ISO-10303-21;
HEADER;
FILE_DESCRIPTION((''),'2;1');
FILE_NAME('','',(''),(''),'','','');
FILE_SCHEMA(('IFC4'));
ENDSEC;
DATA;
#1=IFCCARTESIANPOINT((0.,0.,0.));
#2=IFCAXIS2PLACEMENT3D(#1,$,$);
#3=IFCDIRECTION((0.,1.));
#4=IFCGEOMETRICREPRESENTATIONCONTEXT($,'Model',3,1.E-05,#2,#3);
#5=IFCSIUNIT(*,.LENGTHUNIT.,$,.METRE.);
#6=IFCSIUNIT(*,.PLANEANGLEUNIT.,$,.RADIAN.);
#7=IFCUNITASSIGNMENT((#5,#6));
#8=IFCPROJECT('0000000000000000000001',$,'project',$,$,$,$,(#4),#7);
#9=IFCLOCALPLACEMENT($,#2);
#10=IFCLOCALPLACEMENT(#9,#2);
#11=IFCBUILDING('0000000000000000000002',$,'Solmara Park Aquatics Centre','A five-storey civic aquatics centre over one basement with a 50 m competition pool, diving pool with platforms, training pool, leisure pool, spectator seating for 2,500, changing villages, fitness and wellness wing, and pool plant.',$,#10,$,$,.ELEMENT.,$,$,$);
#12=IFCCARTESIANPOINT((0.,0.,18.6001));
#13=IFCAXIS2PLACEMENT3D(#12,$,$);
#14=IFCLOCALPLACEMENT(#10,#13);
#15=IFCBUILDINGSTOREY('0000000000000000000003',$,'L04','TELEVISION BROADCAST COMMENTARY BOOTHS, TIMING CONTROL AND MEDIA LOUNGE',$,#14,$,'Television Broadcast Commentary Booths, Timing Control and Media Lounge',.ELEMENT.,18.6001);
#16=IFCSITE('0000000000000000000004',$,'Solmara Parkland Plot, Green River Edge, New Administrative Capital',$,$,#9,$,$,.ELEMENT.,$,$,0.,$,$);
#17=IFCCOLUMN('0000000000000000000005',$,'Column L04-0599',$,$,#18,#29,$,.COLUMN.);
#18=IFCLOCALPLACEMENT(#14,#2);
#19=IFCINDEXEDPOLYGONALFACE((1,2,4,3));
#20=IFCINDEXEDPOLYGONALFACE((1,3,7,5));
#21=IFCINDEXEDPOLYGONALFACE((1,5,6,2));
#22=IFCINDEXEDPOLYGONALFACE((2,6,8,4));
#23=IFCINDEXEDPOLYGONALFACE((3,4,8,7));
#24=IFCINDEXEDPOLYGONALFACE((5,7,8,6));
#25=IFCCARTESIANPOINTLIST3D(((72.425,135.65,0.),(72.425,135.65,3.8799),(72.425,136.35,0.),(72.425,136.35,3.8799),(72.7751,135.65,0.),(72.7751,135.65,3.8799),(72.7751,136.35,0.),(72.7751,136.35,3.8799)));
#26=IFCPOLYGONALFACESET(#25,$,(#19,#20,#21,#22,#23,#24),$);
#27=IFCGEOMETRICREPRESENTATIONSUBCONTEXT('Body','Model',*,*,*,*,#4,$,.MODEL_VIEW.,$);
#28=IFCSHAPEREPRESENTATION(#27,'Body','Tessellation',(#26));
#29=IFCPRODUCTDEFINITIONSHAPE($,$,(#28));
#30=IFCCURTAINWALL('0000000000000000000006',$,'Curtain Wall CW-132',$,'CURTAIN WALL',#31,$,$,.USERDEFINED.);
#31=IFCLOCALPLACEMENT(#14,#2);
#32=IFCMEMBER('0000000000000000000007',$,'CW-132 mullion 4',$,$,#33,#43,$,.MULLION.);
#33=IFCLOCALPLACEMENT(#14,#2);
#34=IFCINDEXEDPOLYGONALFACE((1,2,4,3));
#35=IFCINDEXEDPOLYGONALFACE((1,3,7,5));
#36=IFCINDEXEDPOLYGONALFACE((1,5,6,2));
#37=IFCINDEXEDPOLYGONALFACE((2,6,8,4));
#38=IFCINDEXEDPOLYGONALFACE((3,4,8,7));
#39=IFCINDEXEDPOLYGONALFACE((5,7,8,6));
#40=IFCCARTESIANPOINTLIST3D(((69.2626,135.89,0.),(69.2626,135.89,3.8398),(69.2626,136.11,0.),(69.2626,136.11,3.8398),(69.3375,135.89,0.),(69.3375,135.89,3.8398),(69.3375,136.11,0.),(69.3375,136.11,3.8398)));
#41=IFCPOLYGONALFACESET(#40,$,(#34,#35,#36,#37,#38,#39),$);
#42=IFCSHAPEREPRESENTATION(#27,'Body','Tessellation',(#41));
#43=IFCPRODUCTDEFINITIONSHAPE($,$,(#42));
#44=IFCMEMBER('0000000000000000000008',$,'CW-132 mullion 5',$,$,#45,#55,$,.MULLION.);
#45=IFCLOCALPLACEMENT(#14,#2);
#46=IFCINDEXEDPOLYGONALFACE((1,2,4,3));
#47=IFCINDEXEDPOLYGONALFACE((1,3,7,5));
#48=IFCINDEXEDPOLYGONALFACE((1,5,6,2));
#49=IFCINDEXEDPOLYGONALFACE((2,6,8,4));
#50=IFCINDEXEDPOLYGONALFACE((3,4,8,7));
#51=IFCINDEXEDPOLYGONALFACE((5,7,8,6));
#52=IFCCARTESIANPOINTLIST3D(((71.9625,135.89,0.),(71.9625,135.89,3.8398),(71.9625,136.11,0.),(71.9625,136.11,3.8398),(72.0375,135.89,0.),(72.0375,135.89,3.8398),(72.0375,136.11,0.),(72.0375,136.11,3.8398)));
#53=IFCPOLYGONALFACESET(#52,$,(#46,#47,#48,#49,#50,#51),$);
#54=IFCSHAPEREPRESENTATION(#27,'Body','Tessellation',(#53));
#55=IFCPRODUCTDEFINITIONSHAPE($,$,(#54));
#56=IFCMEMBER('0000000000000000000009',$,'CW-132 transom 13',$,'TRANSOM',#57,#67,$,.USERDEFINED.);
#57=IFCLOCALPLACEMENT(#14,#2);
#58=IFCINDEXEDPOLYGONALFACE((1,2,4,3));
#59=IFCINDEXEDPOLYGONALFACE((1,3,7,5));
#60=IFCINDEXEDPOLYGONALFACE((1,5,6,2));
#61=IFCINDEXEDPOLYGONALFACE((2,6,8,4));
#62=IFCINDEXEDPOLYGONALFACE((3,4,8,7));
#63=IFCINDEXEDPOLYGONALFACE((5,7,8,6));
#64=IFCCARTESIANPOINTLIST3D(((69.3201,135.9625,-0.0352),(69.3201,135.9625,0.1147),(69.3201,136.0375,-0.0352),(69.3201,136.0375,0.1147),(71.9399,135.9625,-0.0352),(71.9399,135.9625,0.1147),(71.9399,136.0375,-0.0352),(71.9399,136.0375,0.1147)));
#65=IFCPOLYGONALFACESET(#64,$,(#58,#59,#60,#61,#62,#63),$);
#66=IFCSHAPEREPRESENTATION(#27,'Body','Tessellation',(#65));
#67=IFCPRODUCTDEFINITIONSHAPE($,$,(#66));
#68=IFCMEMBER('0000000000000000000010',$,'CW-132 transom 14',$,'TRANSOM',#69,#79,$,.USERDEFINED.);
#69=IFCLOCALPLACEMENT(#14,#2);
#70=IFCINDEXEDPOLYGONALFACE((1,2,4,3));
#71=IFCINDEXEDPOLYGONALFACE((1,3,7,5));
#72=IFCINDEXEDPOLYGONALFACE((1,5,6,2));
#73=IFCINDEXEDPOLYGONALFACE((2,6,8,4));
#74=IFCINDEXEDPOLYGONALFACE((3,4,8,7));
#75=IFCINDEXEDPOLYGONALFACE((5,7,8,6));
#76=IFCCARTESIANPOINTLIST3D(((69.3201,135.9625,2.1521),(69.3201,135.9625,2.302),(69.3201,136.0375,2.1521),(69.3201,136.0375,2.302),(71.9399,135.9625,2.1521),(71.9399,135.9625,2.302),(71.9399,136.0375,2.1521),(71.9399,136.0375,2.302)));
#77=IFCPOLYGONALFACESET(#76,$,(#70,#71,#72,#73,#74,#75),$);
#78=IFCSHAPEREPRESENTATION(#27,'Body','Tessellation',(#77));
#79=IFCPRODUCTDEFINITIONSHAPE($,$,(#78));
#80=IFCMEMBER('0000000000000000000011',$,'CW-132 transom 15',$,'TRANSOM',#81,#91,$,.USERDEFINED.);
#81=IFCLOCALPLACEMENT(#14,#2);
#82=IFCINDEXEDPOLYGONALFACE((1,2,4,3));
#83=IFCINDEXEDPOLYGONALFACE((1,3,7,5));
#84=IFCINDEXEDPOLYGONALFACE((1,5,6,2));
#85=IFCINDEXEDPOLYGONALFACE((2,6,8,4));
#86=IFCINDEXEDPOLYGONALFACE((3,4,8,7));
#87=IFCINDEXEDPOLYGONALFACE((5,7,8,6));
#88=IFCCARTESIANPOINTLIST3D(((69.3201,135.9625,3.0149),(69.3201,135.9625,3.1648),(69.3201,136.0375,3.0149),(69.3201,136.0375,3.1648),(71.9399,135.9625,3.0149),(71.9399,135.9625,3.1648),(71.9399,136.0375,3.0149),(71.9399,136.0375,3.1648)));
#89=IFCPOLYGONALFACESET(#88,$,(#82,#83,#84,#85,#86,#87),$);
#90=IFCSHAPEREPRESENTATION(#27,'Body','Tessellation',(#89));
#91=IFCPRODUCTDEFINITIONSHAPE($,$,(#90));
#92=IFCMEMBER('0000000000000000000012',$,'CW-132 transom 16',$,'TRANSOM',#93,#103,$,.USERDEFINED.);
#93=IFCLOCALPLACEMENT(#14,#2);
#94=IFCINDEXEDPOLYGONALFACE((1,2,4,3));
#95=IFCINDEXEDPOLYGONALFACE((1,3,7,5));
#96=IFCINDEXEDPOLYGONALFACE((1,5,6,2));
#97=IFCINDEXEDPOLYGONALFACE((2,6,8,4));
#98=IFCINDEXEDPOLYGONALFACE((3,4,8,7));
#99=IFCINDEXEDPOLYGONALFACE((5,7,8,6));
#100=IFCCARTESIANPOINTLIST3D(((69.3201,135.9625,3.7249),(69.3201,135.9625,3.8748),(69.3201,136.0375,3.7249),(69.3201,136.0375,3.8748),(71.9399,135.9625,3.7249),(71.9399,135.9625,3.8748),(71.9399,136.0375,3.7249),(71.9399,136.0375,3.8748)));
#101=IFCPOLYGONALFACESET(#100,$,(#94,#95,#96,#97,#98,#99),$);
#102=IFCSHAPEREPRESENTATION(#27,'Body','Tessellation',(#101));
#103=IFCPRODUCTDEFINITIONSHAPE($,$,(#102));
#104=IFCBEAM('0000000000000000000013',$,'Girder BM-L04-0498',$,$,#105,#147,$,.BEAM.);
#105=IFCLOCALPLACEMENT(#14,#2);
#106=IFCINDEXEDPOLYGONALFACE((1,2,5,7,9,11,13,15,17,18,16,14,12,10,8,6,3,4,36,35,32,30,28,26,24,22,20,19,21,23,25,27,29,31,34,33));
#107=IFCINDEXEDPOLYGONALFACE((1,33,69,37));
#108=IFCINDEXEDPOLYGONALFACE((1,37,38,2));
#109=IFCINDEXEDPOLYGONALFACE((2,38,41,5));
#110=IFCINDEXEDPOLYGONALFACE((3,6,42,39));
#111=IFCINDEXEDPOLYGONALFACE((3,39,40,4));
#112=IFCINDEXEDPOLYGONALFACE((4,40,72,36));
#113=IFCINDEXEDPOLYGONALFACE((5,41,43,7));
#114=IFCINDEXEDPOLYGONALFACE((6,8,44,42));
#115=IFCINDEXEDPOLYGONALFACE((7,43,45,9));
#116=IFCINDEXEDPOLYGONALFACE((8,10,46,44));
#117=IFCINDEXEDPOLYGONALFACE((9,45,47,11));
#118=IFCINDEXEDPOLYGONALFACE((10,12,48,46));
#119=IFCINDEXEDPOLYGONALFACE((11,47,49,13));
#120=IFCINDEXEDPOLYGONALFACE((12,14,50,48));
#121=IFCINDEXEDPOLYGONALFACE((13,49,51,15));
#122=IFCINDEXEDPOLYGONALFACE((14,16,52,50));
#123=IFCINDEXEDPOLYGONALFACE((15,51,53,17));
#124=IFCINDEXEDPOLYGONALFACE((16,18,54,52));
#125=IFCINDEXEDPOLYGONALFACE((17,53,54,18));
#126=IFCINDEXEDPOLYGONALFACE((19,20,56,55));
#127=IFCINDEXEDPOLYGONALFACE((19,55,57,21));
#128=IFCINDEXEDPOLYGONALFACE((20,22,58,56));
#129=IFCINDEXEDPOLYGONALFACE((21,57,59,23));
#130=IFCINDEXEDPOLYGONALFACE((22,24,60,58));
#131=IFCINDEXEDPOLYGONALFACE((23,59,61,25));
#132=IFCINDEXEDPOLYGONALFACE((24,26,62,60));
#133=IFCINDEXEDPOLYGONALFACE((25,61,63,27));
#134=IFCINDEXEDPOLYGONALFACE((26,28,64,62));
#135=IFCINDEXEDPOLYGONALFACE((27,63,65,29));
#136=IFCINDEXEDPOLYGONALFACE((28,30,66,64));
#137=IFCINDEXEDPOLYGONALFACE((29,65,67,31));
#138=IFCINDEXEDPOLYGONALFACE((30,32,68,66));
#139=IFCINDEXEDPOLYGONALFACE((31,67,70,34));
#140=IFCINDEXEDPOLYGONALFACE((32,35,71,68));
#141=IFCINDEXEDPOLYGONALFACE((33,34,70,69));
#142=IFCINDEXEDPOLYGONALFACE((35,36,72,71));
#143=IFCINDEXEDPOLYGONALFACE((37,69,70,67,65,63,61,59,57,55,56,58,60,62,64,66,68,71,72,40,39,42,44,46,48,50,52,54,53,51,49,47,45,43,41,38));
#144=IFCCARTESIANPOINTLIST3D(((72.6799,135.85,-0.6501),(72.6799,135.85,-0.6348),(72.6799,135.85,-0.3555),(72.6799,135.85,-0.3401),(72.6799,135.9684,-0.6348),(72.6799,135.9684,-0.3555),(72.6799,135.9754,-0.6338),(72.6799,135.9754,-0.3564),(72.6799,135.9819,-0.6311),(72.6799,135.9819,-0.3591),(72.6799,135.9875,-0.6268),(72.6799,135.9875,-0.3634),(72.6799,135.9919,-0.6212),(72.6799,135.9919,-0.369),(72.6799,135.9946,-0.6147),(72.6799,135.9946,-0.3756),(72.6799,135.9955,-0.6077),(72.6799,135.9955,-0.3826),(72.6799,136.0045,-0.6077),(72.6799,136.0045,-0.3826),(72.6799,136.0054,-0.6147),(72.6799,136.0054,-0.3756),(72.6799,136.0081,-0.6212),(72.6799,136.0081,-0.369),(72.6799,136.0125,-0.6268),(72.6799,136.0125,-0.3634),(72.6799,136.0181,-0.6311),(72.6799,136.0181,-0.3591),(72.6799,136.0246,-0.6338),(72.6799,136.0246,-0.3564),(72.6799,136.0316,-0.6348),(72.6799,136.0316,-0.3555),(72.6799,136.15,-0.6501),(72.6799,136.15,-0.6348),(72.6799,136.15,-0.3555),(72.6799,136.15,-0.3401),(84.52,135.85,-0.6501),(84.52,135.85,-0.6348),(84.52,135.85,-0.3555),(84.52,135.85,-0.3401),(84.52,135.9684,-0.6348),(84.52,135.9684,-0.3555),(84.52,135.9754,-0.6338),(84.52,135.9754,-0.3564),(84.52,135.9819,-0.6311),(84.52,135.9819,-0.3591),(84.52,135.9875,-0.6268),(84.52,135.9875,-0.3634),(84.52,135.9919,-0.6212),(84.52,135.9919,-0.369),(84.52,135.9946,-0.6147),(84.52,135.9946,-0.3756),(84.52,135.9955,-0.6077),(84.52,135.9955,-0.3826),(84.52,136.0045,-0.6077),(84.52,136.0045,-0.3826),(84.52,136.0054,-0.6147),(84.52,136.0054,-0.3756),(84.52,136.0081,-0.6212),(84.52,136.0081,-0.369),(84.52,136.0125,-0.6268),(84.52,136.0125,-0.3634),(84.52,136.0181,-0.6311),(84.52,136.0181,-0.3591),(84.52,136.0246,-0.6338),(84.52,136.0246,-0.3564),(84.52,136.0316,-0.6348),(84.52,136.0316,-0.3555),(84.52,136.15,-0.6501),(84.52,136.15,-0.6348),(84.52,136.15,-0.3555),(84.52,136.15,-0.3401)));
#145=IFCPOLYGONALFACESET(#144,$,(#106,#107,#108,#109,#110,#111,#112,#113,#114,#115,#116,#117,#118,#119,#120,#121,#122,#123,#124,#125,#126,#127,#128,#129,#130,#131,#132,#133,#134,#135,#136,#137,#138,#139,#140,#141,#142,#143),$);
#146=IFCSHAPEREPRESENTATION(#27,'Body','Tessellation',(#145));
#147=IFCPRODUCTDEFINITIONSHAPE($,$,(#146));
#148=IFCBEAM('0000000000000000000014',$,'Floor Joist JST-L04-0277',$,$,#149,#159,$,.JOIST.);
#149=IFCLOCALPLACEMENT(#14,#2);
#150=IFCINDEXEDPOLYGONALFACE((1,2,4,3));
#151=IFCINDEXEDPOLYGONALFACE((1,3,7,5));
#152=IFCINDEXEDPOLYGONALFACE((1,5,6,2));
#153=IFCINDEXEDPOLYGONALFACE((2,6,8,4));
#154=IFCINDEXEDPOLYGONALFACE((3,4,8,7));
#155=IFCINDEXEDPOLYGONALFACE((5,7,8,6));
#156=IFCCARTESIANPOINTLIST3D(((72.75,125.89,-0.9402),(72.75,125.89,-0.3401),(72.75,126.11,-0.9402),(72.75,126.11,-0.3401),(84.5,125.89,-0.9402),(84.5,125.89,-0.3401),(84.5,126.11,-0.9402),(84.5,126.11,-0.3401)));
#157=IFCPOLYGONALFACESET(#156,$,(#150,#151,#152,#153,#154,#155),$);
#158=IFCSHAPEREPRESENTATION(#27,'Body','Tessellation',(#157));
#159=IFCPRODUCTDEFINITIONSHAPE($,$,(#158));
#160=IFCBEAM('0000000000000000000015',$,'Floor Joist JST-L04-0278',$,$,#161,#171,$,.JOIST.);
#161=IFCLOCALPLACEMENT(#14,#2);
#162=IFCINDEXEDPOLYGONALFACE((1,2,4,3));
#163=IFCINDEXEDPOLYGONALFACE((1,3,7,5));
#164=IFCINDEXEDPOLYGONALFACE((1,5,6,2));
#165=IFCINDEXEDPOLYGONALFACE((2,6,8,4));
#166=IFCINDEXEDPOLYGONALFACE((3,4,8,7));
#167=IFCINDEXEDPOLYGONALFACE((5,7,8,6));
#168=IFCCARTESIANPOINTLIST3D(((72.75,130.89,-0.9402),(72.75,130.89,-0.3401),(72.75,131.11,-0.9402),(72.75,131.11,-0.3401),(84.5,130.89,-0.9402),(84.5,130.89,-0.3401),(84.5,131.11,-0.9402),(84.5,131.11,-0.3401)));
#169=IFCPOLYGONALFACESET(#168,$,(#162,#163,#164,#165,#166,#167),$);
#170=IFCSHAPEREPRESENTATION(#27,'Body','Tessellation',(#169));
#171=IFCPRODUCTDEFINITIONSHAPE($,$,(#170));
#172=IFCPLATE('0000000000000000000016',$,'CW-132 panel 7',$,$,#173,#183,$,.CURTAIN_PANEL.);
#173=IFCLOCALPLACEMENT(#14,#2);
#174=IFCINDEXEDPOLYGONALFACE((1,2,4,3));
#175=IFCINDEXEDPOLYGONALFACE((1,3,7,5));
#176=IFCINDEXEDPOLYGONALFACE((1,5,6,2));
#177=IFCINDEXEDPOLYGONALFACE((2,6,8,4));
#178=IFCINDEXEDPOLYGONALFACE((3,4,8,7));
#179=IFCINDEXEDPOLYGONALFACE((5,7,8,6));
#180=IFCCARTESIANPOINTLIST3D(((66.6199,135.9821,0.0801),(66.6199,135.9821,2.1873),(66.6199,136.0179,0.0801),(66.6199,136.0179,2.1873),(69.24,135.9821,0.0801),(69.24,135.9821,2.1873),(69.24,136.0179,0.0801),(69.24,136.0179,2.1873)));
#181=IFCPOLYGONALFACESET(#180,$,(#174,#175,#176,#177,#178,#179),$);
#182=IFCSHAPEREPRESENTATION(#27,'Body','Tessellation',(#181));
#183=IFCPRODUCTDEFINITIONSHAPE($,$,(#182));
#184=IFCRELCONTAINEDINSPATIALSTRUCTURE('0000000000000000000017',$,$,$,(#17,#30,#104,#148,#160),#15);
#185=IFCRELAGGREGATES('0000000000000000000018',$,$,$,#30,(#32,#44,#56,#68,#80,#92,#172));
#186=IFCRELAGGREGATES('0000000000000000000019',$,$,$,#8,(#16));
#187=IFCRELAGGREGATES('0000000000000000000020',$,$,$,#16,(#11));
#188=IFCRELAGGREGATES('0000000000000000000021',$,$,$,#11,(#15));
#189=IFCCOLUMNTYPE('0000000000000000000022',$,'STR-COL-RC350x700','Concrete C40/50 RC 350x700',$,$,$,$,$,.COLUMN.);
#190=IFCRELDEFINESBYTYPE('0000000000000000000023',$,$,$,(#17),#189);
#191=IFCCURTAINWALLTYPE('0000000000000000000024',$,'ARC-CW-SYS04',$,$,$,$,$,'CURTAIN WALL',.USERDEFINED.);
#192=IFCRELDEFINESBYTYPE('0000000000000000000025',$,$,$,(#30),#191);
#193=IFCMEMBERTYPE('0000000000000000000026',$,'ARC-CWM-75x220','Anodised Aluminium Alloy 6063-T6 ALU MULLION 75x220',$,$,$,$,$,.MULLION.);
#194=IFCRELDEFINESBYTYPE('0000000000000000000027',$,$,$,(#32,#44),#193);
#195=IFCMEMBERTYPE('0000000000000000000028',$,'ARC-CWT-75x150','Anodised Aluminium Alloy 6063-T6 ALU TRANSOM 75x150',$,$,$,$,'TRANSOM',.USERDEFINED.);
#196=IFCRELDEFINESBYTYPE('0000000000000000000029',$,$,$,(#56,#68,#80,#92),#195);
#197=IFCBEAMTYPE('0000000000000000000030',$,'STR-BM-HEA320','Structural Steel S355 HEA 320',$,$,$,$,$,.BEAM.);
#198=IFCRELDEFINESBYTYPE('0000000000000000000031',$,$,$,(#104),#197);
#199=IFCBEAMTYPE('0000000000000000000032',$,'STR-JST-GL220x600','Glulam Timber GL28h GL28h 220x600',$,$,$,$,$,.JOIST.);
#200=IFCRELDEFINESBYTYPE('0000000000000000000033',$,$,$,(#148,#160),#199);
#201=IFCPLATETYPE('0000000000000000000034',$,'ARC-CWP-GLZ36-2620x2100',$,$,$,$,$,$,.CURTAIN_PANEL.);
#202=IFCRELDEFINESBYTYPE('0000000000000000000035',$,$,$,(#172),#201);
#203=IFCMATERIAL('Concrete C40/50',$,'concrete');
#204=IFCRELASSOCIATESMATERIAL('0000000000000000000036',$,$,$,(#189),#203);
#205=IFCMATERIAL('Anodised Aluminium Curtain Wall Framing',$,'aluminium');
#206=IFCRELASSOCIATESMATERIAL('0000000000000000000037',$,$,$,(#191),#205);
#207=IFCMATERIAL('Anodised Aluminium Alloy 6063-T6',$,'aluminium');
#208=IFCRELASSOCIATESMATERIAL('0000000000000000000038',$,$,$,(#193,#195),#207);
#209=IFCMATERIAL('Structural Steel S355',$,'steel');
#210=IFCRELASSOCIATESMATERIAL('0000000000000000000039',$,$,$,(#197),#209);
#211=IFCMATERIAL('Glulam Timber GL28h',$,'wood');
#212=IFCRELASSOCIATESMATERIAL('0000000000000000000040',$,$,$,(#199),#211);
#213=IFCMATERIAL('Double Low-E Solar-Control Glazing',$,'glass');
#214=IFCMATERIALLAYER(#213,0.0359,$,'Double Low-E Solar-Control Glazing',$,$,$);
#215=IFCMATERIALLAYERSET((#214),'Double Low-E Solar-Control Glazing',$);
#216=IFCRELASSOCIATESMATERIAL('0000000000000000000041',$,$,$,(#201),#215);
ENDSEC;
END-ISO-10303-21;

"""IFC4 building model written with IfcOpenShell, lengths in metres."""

from ifc_helpers import new_model, si_unit, direction, frame, origin, origin_2d, place, context, subcontext, project, spatial, rectangle, i_section, extrude, material, layer, layer_set, material_profile, profile_set, type_object, element, aggregate, save


model = new_model("IFC4")

# Units and contexts
model_context = context("Model", 3, precision=1e-05, world=origin(), true_north=direction((0.0, 1.0)))
body_context = subcontext(model_context, "Body", "Model", "MODEL_VIEW")
ifc_project = project(units=[si_unit("LENGTHUNIT", "METRE"), si_unit("PLANEANGLEUNIT", "RADIAN")], contexts=[model_context])

# Site, building, storey
site_placement = place(None, origin())
site = spatial("IfcSite", under=ifc_project, at=site_placement, Name="Solmara Parkland Plot, Green River Edge, New Administrative Capital", CompositionType="ELEMENT", RefElevation=0.0)
building_placement = place(site_placement, origin())
building = spatial("IfcBuilding", under=site, at=building_placement, Name="Solmara Park Aquatics Centre", Description="A five-storey civic aquatics centre over one basement with a 50 m competition pool, diving pool with platforms, training pool, leisure pool, spectator seating for 2,500, changing villages, fitness and wellness wing, and pool plant.", CompositionType="ELEMENT")
storey_placement = place(building_placement, frame((0.0, 0.0, 18.6001)))
storey = spatial("IfcBuildingStorey", under=building, at=storey_placement, Name="L04", Description="TELEVISION BROADCAST COMMENTARY BOOTHS, TIMING CONTROL AND MEDIA LOUNGE", LongName="Television Broadcast Commentary Booths, Timing Control and Media Lounge", CompositionType="ELEMENT", Elevation=18.6001)

# Column
ifc_material_1 = material(Name="Concrete C40/50", Category="concrete")
ifc_material_profile_1 = material_profile(ifc_material_1, rectangle(XDim=0.3501, YDim=0.7, at=origin_2d()), Name="RC 350x700")
ifc_profile_set_1 = profile_set([ifc_material_profile_1], Name="Concrete C40/50")
column_type = type_object("IfcColumnType", Name="STR-COL-RC350x700", Description="Concrete C40/50 RC 350x700", PredefinedType="COLUMN", material=ifc_profile_set_1)
column_placement = place(storey_placement, frame((72.6001, 136.0, 0.0), z_axis=(0.0, 0.0, 1.0), x_axis=(1.0, 0.0, 0.0)))
element("IfcColumn", 1, at=column_placement, inside=storey, type_object=column_type, Name="Column L04-0599", PredefinedType="COLUMN", context=body_context, shape_type="SweptSolid", body=[
    extrude(rectangle(XDim=0.3501, YDim=0.7, at=origin_2d()), origin(), (0.0, 0.0, 1.0), 3.8799),
])

# Curtain wall, members
ifc_material_2 = material(Name="Anodised Aluminium Curtain Wall Framing", Category="aluminium")
curtain_wall_type = type_object("IfcCurtainWallType", Name="ARC-CW-SYS04", ElementType="CURTAIN WALL", PredefinedType="USERDEFINED", material=ifc_material_2)
curtain_wall_placement = place(storey_placement, origin())
curtain_wall = element("IfcCurtainWall", 2, at=curtain_wall_placement, inside=storey, type_object=curtain_wall_type, Name="Curtain Wall CW-132", ObjectType="CURTAIN WALL", PredefinedType="USERDEFINED")
ifc_material_3 = material(Name="Anodised Aluminium Alloy 6063-T6", Category="aluminium")
ifc_material_profile_2 = material_profile(ifc_material_3, rectangle(XDim=0.075, YDim=0.22, at=origin_2d()), Name="ALU MULLION 75x220")
ifc_profile_set_2 = profile_set([ifc_material_profile_2], Name="Anodised Aluminium Alloy 6063-T6")
member_type_1 = type_object("IfcMemberType", Name="ARC-CWM-75x220", Description="Anodised Aluminium Alloy 6063-T6 ALU MULLION 75x220", PredefinedType="MULLION", material=ifc_profile_set_2)
member_1_placement = place(storey_placement, frame((69.3, 136.0, 0.0), z_axis=(0.0, 0.0, 1.0), x_axis=(1.0, 0.0, 0.0)))
member_1 = element("IfcMember", 3, at=member_1_placement, type_object=member_type_1, Name="CW-132 mullion 4", PredefinedType="MULLION", context=body_context, shape_type="SweptSolid", body=[
    extrude(rectangle(XDim=0.075, YDim=0.22, at=origin_2d()), origin(), (0.0, 0.0, 1.0), 3.8398),
])
member_2_placement = place(storey_placement, frame((72.0, 136.0, 0.0), z_axis=(0.0, 0.0, 1.0), x_axis=(1.0, 0.0, 0.0)))
member_2 = element("IfcMember", 4, at=member_2_placement, type_object=member_type_1, Name="CW-132 mullion 5", PredefinedType="MULLION", context=body_context, shape_type="SweptSolid", body=[
    extrude(rectangle(XDim=0.075, YDim=0.22, at=origin_2d()), origin(), (0.0, 0.0, 1.0), 3.8398),
])
ifc_material_profile_3 = material_profile(ifc_material_3, rectangle(XDim=0.075, YDim=0.1499, at=origin_2d()), Name="ALU TRANSOM 75x150")
ifc_profile_set_3 = profile_set([ifc_material_profile_3], Name="Anodised Aluminium Alloy 6063-T6")
member_type_2 = type_object("IfcMemberType", Name="ARC-CWT-75x150", Description="Anodised Aluminium Alloy 6063-T6 ALU TRANSOM 75x150", ElementType="TRANSOM", PredefinedType="USERDEFINED", material=ifc_profile_set_3)
member_3_placement = place(storey_placement, frame((69.3201, 136.0, 0.0398), z_axis=(1.0, 0.0, 0.0), x_axis=(0.0, 1.0, 0.0)))
member_3 = element("IfcMember", 5, at=member_3_placement, type_object=member_type_2, Name="CW-132 transom 13", ObjectType="TRANSOM", PredefinedType="USERDEFINED", context=body_context, shape_type="SweptSolid", body=[
    extrude(rectangle(XDim=0.075, YDim=0.1499, at=origin_2d()), origin(), (0.0, 0.0, 1.0), 2.6199),
])
member_4_placement = place(storey_placement, frame((69.3201, 136.0, 2.2271), z_axis=(1.0, 0.0, 0.0), x_axis=(0.0, 1.0, 0.0)))
member_4 = element("IfcMember", 6, at=member_4_placement, type_object=member_type_2, Name="CW-132 transom 14", ObjectType="TRANSOM", PredefinedType="USERDEFINED", context=body_context, shape_type="SweptSolid", body=[
    extrude(rectangle(XDim=0.075, YDim=0.1499, at=origin_2d()), origin(), (0.0, 0.0, 1.0), 2.6199),
])
member_5_placement = place(storey_placement, frame((69.3201, 136.0, 3.0898), z_axis=(1.0, 0.0, 0.0), x_axis=(0.0, 1.0, 0.0)))
member_5 = element("IfcMember", 7, at=member_5_placement, type_object=member_type_2, Name="CW-132 transom 15", ObjectType="TRANSOM", PredefinedType="USERDEFINED", context=body_context, shape_type="SweptSolid", body=[
    extrude(rectangle(XDim=0.075, YDim=0.1499, at=origin_2d()), origin(), (0.0, 0.0, 1.0), 2.6199),
])
member_6_placement = place(storey_placement, frame((69.3201, 136.0, 3.7998), z_axis=(1.0, 0.0, 0.0), x_axis=(0.0, 1.0, 0.0)))
member_6 = element("IfcMember", 8, at=member_6_placement, type_object=member_type_2, Name="CW-132 transom 16", ObjectType="TRANSOM", PredefinedType="USERDEFINED", context=body_context, shape_type="SweptSolid", body=[
    extrude(rectangle(XDim=0.075, YDim=0.1499, at=origin_2d()), origin(), (0.0, 0.0, 1.0), 2.6199),
])

# Beams
ifc_material_4 = material(Name="Structural Steel S355", Category="steel")
ifc_material_profile_4 = material_profile(ifc_material_4, i_section(OverallWidth=0.3, OverallDepth=0.3101, WebThickness=0.009, FlangeThickness=0.0154, FilletRadius=0.0271, at=origin_2d()), Name="HEA 320")
ifc_profile_set_4 = profile_set([ifc_material_profile_4], Name="Structural Steel S355")
beam_type_1 = type_object("IfcBeamType", Name="STR-BM-HEA320", Description="Structural Steel S355 HEA 320", PredefinedType="BEAM", material=ifc_profile_set_4)
beam_placement = place(storey_placement, frame((72.6799, 136.0, -0.4951), z_axis=(1.0, 0.0, 0.0), x_axis=(0.0, 1.0, 0.0)))
element("IfcBeam", 9, at=beam_placement, inside=storey, type_object=beam_type_1, Name="Girder BM-L04-0498", PredefinedType="BEAM", context=body_context, shape_type="SweptSolid", body=[
    extrude(i_section(OverallWidth=0.3, OverallDepth=0.3101, WebThickness=0.009, FlangeThickness=0.0154, FilletRadius=0.0271, at=origin_2d()), origin(), (0.0, 0.0, 1.0), 11.8401),
])
ifc_material_5 = material(Name="Glulam Timber GL28h", Category="wood")
ifc_material_profile_5 = material_profile(ifc_material_5, rectangle(XDim=0.22, YDim=0.6001, at=origin_2d()), Name="GL28h 220x600")
ifc_profile_set_5 = profile_set([ifc_material_profile_5], Name="Glulam Timber GL28h")
beam_type_2 = type_object("IfcBeamType", Name="STR-JST-GL220x600", Description="Glulam Timber GL28h GL28h 220x600", PredefinedType="JOIST", material=ifc_profile_set_5)
for number, where, z_axis, x_axis, name in (
    (10, (72.75, 126.0, -0.6401), (1.0, 0.0, 0.0), (0.0, 1.0, 0.0), "Floor Joist JST-L04-0277"),
    (11, (72.75, 131.0, -0.6401), (1.0, 0.0, 0.0), (0.0, 1.0, 0.0), "Floor Joist JST-L04-0278"),
):
    element("IfcBeam", number, at=place(storey_placement, frame(where, z_axis=z_axis, x_axis=x_axis)), inside=storey, type_object=beam_type_2, Name=name, PredefinedType="JOIST", context=body_context, shape_type="SweptSolid", body=[
        extrude(rectangle(XDim=0.22, YDim=0.6001, at=origin_2d()), origin(), (0.0, 0.0, 1.0), 11.75),
    ])

# Plate
ifc_material_6 = material(Name="Double Low-E Solar-Control Glazing", Category="glass")
ifc_layer_1 = layer(ifc_material_6, 0.0359, Name="Double Low-E Solar-Control Glazing")
ifc_layer_set_1 = layer_set([ifc_layer_1], Name="Double Low-E Solar-Control Glazing")
plate_type_1 = type_object("IfcPlateType", Name="ARC-CWP-GLZ36-2620x2100", PredefinedType="CURTAIN_PANEL", material=ifc_layer_set_1)
plate_1_placement = place(storey_placement, frame((67.9299, 136.0, 0.0801), z_axis=(0.0, 0.0, 1.0), x_axis=(1.0, 0.0, 0.0)))
plate_1 = element("IfcPlate", 12, at=plate_1_placement, type_object=plate_type_1, Name="CW-132 panel 7", PredefinedType="CURTAIN_PANEL", context=body_context, shape_type="SweptSolid", body=[
    extrude(rectangle(XDim=2.6201, YDim=0.0359, at=origin_2d()), origin(), (0.0, 0.0, 1.0), 2.1072),
])
aggregate(curtain_wall, [member_1, member_2, member_3, member_4, member_5, member_6, plate_1])

save(model, "model.ifc")
